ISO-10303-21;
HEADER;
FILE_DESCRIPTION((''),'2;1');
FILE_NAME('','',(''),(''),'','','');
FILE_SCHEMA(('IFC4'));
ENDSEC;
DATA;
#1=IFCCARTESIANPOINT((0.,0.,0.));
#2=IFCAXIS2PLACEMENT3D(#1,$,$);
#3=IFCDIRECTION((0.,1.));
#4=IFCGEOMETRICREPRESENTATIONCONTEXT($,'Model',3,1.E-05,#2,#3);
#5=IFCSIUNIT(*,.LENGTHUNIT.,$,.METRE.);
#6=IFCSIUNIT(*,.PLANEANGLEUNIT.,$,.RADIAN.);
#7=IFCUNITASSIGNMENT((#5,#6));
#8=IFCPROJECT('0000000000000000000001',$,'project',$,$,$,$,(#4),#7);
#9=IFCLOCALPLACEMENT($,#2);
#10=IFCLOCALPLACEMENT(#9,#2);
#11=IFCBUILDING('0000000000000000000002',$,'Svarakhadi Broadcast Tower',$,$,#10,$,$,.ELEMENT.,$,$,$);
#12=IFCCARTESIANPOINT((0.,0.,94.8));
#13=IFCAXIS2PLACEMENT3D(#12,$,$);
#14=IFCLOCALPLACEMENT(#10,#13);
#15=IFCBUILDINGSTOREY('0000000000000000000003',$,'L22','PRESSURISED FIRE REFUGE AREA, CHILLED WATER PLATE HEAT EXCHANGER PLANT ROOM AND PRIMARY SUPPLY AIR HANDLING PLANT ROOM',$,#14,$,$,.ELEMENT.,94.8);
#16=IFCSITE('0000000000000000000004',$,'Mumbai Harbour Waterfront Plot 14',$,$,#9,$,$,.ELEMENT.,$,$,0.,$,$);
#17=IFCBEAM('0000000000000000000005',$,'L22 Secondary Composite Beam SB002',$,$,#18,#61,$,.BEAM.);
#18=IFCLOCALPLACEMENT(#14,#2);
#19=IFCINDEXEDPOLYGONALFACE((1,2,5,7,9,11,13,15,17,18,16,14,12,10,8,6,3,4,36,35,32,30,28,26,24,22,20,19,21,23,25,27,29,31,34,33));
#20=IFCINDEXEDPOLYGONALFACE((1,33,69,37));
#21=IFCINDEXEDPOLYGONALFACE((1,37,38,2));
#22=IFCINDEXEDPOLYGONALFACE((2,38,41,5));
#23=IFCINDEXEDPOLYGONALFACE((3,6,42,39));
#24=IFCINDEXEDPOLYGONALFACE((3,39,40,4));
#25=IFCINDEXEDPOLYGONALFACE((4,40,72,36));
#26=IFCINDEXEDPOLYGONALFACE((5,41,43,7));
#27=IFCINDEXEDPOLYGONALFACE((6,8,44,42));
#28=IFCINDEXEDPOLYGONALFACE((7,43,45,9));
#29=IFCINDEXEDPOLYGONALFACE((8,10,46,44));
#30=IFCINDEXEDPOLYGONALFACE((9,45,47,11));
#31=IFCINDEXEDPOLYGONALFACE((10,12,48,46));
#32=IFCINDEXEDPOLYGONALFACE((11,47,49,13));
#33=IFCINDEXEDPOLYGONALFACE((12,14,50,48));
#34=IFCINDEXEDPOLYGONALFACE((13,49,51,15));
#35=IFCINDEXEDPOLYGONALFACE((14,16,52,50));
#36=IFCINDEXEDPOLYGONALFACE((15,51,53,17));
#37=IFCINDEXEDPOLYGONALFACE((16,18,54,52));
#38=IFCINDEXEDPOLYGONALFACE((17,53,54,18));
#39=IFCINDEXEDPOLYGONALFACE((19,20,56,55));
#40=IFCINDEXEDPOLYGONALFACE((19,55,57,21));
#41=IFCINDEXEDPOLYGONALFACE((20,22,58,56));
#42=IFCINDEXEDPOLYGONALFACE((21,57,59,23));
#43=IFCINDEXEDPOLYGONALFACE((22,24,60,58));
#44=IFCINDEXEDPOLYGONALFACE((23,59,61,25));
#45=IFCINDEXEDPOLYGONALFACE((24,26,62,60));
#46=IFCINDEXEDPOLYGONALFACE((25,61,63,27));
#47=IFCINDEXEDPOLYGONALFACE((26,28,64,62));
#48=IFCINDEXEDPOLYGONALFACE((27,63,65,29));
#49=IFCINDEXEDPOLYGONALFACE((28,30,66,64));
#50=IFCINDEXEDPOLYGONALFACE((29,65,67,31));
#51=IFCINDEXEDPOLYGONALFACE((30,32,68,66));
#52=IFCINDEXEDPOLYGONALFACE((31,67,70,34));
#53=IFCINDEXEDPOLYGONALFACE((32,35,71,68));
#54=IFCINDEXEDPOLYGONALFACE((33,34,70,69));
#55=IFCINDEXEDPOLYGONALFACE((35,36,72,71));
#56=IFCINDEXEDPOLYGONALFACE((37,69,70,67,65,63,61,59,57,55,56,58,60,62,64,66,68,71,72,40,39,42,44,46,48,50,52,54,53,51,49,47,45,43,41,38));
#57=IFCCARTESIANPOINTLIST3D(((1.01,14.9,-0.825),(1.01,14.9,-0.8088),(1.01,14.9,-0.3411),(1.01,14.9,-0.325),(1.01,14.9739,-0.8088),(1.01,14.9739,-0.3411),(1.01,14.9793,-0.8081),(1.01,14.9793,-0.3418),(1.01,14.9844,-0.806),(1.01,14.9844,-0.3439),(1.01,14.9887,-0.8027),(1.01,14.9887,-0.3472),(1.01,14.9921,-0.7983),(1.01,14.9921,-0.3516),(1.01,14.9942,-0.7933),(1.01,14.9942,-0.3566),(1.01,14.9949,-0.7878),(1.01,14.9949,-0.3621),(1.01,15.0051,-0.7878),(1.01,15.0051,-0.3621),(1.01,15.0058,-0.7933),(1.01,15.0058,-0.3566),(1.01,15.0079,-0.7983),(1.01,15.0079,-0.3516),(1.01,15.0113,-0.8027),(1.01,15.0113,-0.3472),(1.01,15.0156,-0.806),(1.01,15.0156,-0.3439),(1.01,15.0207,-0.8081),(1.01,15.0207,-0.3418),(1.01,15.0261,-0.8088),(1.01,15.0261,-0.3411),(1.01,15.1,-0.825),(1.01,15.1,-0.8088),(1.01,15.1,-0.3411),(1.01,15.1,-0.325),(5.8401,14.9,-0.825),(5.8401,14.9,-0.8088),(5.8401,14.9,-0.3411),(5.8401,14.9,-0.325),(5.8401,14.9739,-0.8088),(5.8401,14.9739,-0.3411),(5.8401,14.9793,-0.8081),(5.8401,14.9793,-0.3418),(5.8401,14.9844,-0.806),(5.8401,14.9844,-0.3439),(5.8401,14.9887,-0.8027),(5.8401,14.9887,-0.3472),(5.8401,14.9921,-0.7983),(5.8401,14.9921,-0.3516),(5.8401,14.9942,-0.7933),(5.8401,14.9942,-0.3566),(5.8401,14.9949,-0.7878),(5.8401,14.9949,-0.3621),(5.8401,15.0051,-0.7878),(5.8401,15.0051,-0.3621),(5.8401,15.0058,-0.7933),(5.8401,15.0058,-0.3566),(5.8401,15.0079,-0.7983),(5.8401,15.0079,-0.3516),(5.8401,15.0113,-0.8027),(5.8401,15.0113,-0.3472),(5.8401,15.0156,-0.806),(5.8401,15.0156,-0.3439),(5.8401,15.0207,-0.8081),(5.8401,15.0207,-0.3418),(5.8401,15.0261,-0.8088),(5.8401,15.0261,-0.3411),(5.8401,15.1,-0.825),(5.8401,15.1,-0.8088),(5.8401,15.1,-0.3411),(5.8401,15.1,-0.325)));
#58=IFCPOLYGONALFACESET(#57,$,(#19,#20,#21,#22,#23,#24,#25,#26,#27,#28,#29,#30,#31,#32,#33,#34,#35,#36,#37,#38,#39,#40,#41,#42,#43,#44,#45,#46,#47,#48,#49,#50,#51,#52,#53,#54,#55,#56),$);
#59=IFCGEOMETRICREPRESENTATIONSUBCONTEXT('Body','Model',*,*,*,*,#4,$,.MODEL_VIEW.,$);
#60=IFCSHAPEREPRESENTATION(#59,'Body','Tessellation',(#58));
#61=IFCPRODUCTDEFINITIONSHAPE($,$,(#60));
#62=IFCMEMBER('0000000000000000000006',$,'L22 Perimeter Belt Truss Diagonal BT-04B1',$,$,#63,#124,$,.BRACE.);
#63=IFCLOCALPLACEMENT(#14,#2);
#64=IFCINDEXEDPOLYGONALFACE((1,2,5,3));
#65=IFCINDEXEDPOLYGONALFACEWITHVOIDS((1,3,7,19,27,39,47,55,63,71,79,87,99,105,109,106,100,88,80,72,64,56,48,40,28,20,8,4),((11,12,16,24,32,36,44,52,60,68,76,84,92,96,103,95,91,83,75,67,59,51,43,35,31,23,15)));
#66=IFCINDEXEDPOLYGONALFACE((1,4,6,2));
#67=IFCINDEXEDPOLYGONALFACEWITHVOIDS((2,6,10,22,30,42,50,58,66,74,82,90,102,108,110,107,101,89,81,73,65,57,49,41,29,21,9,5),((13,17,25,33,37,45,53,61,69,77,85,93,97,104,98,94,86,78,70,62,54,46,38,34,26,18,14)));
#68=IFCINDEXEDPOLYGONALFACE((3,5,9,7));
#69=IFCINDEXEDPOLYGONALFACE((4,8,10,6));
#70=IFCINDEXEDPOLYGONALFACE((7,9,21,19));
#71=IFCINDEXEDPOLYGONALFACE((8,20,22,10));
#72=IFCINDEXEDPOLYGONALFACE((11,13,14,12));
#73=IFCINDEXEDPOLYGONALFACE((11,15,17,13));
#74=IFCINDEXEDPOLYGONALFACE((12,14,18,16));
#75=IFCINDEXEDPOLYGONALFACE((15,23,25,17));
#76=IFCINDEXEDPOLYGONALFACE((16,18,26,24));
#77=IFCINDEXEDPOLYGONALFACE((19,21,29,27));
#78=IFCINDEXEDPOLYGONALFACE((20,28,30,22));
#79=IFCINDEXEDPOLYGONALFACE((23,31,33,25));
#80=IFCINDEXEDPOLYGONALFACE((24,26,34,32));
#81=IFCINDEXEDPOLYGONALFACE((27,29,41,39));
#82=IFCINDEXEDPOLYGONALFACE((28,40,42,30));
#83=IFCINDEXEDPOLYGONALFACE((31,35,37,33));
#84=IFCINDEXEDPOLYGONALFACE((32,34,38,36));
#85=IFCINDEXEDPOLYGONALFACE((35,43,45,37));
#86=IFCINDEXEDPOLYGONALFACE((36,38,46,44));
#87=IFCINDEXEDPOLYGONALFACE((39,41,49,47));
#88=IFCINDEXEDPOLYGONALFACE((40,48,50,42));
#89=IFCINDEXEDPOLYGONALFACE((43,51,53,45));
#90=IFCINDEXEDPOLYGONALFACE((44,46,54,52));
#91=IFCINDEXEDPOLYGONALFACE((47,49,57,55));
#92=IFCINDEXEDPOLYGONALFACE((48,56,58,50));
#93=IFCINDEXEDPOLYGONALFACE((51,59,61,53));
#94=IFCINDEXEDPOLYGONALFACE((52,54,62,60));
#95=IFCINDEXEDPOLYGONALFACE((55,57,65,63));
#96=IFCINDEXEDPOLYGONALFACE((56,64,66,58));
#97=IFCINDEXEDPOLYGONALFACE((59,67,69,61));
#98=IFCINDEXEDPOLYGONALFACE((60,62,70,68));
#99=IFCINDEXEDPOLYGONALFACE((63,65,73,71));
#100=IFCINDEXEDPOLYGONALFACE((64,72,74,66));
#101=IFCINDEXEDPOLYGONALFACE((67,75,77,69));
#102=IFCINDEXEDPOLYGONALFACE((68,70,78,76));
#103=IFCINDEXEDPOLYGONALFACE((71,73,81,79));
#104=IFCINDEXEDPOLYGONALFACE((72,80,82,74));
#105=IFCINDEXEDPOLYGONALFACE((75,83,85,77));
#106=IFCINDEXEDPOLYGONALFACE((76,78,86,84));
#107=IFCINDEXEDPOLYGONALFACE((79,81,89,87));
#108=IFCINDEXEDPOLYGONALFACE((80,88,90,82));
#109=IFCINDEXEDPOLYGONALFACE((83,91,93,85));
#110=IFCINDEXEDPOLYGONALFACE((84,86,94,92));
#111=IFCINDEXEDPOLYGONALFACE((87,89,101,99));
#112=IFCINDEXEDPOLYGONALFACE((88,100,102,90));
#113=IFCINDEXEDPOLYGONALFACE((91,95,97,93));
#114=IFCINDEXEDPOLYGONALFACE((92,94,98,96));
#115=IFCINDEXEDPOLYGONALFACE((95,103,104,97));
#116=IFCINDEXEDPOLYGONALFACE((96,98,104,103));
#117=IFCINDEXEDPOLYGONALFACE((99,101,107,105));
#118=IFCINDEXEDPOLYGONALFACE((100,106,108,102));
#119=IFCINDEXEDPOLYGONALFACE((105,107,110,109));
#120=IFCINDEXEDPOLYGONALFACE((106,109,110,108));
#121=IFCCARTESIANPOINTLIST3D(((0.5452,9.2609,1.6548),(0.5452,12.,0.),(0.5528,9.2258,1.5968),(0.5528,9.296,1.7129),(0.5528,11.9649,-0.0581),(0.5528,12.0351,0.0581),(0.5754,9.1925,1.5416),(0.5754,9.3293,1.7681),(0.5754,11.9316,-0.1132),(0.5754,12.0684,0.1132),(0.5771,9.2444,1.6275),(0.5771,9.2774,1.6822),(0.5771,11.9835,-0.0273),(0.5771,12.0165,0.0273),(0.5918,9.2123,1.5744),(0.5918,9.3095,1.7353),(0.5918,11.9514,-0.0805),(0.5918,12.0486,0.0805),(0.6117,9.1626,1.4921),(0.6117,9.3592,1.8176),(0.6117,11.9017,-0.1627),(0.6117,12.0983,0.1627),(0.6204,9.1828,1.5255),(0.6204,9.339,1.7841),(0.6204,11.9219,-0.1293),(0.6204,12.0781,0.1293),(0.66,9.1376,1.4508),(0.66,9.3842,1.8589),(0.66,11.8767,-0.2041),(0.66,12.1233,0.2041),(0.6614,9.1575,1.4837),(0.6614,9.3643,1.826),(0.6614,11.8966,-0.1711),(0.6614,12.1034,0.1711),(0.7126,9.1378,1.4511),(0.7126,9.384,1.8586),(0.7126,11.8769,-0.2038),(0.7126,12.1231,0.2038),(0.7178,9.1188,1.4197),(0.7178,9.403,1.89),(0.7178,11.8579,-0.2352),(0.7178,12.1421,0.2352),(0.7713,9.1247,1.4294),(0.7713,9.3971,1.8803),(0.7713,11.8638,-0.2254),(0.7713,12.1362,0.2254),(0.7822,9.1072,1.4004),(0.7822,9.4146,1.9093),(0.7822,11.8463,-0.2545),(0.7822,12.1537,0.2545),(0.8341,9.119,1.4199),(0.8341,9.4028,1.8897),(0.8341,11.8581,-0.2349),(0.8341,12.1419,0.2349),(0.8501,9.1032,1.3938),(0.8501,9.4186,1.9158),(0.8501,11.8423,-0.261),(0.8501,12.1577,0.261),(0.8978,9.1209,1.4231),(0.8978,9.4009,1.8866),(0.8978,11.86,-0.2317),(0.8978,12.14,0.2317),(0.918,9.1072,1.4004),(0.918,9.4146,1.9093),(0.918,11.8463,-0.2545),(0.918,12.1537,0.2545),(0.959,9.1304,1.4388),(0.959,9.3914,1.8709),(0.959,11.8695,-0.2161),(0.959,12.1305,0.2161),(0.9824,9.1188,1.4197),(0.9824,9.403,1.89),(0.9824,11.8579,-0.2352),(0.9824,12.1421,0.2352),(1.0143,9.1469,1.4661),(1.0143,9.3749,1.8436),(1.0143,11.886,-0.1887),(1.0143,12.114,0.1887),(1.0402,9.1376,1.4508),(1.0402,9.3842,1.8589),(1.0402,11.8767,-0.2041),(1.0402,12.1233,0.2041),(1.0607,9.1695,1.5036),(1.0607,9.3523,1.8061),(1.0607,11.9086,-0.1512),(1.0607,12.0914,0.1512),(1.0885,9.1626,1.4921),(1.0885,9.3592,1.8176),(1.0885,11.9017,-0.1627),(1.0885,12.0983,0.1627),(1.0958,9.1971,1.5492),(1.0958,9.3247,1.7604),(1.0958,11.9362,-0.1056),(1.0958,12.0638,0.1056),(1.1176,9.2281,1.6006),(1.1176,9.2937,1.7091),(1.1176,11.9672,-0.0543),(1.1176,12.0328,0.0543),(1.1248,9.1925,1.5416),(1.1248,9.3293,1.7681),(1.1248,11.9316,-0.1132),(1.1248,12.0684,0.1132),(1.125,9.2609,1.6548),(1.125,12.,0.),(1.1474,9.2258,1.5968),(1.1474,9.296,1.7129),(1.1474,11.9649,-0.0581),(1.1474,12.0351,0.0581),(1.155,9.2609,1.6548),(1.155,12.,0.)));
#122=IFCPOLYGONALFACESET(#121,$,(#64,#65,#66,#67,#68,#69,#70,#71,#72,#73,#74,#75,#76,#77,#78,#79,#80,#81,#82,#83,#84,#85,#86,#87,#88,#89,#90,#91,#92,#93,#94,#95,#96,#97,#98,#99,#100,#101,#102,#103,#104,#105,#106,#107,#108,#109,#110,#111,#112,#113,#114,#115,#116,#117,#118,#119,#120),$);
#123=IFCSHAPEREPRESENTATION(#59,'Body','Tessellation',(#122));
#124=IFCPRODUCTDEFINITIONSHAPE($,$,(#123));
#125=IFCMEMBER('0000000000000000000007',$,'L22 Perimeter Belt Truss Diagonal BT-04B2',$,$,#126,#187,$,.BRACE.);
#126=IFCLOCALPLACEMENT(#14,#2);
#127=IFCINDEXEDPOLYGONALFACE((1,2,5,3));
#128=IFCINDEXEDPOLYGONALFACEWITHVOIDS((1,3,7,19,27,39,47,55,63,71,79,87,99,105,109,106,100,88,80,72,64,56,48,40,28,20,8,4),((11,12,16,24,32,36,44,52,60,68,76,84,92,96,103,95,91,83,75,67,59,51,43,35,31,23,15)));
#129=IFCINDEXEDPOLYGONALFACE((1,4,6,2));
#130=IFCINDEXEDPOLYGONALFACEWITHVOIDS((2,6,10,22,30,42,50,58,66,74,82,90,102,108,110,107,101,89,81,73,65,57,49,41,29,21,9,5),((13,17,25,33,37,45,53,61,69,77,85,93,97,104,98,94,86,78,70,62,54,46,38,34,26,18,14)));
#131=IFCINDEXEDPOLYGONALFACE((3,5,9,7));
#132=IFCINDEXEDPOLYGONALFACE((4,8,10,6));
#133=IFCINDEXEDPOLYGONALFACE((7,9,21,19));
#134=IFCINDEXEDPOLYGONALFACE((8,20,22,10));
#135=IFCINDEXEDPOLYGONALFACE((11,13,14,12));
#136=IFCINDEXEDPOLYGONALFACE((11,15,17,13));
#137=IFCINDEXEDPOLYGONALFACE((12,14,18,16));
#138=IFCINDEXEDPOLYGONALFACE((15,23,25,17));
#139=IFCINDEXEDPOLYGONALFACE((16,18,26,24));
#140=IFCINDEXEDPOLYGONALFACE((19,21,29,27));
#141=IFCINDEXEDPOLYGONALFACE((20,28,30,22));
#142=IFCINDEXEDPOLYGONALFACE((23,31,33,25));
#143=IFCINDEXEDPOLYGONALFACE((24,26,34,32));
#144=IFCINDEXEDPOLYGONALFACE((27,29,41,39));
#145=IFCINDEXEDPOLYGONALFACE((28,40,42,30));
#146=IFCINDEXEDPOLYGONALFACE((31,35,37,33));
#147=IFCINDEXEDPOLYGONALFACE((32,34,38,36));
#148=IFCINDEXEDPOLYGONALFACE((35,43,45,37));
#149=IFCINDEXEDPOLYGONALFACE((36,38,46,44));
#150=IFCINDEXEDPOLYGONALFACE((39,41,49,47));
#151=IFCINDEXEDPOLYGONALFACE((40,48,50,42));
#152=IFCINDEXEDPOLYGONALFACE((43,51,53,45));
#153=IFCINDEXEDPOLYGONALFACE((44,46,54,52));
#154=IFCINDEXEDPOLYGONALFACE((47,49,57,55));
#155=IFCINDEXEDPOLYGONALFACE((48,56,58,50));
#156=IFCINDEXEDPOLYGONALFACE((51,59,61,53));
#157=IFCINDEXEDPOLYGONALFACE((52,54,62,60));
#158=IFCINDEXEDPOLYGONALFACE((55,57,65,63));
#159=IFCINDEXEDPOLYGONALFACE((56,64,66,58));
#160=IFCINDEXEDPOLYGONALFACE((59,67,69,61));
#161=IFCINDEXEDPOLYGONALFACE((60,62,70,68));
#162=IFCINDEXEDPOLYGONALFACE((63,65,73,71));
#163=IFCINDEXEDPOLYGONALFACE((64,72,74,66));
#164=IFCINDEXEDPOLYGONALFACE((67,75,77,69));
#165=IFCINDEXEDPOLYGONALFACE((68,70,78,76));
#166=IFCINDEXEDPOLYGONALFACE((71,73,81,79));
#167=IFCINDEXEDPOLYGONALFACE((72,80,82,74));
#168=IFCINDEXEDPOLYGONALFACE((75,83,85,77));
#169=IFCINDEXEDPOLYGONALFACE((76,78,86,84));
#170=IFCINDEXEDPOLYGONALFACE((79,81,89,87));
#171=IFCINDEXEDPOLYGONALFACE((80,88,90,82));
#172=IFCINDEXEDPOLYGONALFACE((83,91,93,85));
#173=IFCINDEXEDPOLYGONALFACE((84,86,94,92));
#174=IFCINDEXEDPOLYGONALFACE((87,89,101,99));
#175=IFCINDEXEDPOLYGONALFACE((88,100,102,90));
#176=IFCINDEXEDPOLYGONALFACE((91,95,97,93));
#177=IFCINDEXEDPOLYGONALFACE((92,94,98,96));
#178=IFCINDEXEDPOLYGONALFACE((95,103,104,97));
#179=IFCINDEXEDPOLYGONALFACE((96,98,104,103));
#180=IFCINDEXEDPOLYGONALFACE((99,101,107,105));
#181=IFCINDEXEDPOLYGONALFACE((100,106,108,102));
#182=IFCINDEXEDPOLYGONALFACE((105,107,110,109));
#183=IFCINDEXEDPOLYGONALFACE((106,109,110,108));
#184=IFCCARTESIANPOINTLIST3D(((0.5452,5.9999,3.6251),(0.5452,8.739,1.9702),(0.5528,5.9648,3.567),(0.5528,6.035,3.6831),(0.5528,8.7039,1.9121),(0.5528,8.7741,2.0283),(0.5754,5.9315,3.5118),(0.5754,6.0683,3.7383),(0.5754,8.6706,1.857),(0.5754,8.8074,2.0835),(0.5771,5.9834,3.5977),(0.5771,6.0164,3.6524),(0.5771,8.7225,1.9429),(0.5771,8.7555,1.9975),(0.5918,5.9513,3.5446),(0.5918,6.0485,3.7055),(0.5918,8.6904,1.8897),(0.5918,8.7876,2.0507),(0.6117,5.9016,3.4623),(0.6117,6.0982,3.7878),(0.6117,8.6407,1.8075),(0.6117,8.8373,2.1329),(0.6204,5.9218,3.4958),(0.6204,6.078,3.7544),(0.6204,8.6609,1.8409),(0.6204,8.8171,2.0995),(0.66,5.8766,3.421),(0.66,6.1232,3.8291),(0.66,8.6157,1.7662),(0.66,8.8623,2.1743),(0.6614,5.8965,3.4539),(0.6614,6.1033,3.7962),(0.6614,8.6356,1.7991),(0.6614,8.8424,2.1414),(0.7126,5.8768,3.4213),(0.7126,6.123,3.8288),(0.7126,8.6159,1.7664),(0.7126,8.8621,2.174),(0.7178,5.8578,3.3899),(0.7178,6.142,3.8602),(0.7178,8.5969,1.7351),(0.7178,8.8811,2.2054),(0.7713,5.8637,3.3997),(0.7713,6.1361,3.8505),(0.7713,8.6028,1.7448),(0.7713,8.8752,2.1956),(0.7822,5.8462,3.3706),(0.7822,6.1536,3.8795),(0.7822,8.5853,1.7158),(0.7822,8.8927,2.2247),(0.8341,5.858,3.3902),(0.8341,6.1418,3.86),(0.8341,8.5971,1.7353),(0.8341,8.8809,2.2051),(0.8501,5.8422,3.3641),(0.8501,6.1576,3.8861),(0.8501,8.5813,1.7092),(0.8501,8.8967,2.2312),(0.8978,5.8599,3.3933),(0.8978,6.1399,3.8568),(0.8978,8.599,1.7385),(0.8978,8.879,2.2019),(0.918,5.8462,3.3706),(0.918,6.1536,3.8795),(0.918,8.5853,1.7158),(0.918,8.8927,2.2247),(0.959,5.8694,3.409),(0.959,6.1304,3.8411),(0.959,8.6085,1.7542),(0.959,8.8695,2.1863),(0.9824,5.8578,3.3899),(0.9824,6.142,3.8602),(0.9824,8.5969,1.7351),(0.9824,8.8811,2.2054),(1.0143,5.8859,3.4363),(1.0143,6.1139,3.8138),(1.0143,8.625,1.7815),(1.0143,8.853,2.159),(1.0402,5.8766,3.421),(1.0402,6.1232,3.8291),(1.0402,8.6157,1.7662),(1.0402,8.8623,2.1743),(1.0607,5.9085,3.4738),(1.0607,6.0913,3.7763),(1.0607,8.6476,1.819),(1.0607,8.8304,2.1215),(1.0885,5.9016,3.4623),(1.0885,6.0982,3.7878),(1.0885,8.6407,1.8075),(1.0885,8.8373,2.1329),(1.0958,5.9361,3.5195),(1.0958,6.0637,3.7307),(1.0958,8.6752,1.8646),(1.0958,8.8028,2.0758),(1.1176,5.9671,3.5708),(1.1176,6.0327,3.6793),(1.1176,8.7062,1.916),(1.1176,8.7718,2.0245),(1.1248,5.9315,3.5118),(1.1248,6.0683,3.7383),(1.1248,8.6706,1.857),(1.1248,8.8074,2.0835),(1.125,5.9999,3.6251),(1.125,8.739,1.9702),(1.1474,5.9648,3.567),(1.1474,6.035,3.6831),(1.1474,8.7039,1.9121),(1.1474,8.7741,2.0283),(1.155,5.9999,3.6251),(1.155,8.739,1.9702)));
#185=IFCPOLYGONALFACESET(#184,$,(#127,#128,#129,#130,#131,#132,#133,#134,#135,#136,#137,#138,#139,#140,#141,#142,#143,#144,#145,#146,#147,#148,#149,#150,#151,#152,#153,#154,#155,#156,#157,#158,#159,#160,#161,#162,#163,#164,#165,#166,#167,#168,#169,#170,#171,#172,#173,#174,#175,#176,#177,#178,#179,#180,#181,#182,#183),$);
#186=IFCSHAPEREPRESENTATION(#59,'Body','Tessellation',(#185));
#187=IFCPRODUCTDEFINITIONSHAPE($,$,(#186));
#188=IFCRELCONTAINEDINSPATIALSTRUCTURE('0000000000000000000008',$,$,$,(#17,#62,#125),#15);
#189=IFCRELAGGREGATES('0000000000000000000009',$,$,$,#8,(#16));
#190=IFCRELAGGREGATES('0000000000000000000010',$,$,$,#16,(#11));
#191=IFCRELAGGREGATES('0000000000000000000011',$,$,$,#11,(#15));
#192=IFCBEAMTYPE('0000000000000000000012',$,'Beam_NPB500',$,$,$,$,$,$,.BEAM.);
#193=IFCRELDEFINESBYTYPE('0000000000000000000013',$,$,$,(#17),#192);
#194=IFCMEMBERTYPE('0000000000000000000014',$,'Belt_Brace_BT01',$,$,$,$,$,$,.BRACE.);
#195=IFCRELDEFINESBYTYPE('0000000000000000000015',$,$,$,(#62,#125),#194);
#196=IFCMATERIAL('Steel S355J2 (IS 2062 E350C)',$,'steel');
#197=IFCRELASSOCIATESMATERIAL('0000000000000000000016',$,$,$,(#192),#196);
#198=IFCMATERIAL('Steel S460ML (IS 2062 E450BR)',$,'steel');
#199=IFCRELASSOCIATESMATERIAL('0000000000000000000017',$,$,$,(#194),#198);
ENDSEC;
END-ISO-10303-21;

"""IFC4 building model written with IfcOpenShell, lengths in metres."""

from ifc_helpers import new_model, si_unit, direction, frame, origin, origin_2d, place, context, subcontext, project, spatial, hollow_circle, i_section, extrude, material, material_profile, profile_set, type_object, element, save


model = new_model("IFC4")

# Units and contexts
model_context = context("Model", 3, precision=1e-05, world=origin(), true_north=direction((0.0, 1.0)))
body_context = subcontext(model_context, "Body", "Model", "MODEL_VIEW")
ifc_project = project(units=[si_unit("LENGTHUNIT", "METRE"), si_unit("PLANEANGLEUNIT", "RADIAN")], contexts=[model_context])

# Site, building, storey
site_placement = place(None, origin())
site = spatial("IfcSite", under=ifc_project, at=site_placement, Name="Mumbai Harbour Waterfront Plot 14", CompositionType="ELEMENT", RefElevation=0.0)
building_placement = place(site_placement, origin())
building = spatial("IfcBuilding", under=site, at=building_placement, Name="Svarakhadi Broadcast Tower", CompositionType="ELEMENT")
storey_placement = place(building_placement, frame((0.0, 0.0, 94.8)))
storey = spatial("IfcBuildingStorey", under=building, at=storey_placement, Name="L22", Description="PRESSURISED FIRE REFUGE AREA, CHILLED WATER PLATE HEAT EXCHANGER PLANT ROOM AND PRIMARY SUPPLY AIR HANDLING PLANT ROOM", CompositionType="ELEMENT", Elevation=94.8)

# Shared definitions
ifc_material_1 = material(Name="Steel S460ML (IS 2062 E450BR)", Category="steel")

# Beam
ifc_material_2 = material(Name="Steel S355J2 (IS 2062 E350C)", Category="steel")
ifc_material_profile_1 = material_profile(ifc_material_2, i_section(OverallWidth=0.2, OverallDepth=0.5, WebThickness=0.0103, FlangeThickness=0.0161, FilletRadius=0.021, at=origin_2d()), Name="NPB 500x200x91")
ifc_profile_set_1 = profile_set([ifc_material_profile_1], Name="Steel S355J2 (IS 2062 E350C)")
beam_type_1 = type_object("IfcBeamType", Name="Beam_NPB500", PredefinedType="BEAM", material=ifc_profile_set_1)
for number, where, z_axis, x_axis, name in (
    (1, (1.01, 15.0, -0.575), (1.0, 0.0, 0.0), (0.0, 1.0, 0.0), "L22 Secondary Composite Beam SB002"),
):
    element("IfcBeam", number, at=place(storey_placement, frame(where, z_axis=z_axis, x_axis=x_axis)), inside=storey, type_object=beam_type_1, Name=name, PredefinedType="BEAM", context=body_context, shape_type="SweptSolid", body=[
        extrude(i_section(OverallWidth=0.2, OverallDepth=0.5, WebThickness=0.0103, FlangeThickness=0.0161, FilletRadius=0.021, at=origin_2d()), origin(), (0.0, 0.0, 1.0), 4.8301),
    ])

# Members
ifc_material_profile_2 = material_profile(ifc_material_1, hollow_circle(Radius=0.3049, WallThickness=0.03, at=origin_2d()), Name="CHS 610x30")
ifc_profile_set_2 = profile_set([ifc_material_profile_2], Name="Steel S460ML (IS 2062 E450BR)")
member_type_1 = type_object("IfcMemberType", Name="Belt_Brace_BT01", PredefinedType="BRACE", material=ifc_profile_set_2)
for number, where, z_axis, x_axis, name in (
    (2, (0.8501, 12.0, 0.0), (0.0, -0.85592, 0.517107), (1.0, 0.0, 0.0), "L22 Perimeter Belt Truss Diagonal BT-04B1"),
    (3, (0.8501, 8.739, 1.9702), (0.0, -0.85592, 0.517107), (1.0, 0.0, 0.0), "L22 Perimeter Belt Truss Diagonal BT-04B2"),
):
    element("IfcMember", number, at=place(storey_placement, frame(where, z_axis=z_axis, x_axis=x_axis)), inside=storey, type_object=member_type_1, Name=name, PredefinedType="BRACE", context=body_context, shape_type="SweptSolid", body=[
        extrude(hollow_circle(Radius=0.3049, WallThickness=0.03, at=origin_2d()), origin(), (0.0, 0.0, 1.0), 3.2002),
    ])

save(model, "model.ifc")
